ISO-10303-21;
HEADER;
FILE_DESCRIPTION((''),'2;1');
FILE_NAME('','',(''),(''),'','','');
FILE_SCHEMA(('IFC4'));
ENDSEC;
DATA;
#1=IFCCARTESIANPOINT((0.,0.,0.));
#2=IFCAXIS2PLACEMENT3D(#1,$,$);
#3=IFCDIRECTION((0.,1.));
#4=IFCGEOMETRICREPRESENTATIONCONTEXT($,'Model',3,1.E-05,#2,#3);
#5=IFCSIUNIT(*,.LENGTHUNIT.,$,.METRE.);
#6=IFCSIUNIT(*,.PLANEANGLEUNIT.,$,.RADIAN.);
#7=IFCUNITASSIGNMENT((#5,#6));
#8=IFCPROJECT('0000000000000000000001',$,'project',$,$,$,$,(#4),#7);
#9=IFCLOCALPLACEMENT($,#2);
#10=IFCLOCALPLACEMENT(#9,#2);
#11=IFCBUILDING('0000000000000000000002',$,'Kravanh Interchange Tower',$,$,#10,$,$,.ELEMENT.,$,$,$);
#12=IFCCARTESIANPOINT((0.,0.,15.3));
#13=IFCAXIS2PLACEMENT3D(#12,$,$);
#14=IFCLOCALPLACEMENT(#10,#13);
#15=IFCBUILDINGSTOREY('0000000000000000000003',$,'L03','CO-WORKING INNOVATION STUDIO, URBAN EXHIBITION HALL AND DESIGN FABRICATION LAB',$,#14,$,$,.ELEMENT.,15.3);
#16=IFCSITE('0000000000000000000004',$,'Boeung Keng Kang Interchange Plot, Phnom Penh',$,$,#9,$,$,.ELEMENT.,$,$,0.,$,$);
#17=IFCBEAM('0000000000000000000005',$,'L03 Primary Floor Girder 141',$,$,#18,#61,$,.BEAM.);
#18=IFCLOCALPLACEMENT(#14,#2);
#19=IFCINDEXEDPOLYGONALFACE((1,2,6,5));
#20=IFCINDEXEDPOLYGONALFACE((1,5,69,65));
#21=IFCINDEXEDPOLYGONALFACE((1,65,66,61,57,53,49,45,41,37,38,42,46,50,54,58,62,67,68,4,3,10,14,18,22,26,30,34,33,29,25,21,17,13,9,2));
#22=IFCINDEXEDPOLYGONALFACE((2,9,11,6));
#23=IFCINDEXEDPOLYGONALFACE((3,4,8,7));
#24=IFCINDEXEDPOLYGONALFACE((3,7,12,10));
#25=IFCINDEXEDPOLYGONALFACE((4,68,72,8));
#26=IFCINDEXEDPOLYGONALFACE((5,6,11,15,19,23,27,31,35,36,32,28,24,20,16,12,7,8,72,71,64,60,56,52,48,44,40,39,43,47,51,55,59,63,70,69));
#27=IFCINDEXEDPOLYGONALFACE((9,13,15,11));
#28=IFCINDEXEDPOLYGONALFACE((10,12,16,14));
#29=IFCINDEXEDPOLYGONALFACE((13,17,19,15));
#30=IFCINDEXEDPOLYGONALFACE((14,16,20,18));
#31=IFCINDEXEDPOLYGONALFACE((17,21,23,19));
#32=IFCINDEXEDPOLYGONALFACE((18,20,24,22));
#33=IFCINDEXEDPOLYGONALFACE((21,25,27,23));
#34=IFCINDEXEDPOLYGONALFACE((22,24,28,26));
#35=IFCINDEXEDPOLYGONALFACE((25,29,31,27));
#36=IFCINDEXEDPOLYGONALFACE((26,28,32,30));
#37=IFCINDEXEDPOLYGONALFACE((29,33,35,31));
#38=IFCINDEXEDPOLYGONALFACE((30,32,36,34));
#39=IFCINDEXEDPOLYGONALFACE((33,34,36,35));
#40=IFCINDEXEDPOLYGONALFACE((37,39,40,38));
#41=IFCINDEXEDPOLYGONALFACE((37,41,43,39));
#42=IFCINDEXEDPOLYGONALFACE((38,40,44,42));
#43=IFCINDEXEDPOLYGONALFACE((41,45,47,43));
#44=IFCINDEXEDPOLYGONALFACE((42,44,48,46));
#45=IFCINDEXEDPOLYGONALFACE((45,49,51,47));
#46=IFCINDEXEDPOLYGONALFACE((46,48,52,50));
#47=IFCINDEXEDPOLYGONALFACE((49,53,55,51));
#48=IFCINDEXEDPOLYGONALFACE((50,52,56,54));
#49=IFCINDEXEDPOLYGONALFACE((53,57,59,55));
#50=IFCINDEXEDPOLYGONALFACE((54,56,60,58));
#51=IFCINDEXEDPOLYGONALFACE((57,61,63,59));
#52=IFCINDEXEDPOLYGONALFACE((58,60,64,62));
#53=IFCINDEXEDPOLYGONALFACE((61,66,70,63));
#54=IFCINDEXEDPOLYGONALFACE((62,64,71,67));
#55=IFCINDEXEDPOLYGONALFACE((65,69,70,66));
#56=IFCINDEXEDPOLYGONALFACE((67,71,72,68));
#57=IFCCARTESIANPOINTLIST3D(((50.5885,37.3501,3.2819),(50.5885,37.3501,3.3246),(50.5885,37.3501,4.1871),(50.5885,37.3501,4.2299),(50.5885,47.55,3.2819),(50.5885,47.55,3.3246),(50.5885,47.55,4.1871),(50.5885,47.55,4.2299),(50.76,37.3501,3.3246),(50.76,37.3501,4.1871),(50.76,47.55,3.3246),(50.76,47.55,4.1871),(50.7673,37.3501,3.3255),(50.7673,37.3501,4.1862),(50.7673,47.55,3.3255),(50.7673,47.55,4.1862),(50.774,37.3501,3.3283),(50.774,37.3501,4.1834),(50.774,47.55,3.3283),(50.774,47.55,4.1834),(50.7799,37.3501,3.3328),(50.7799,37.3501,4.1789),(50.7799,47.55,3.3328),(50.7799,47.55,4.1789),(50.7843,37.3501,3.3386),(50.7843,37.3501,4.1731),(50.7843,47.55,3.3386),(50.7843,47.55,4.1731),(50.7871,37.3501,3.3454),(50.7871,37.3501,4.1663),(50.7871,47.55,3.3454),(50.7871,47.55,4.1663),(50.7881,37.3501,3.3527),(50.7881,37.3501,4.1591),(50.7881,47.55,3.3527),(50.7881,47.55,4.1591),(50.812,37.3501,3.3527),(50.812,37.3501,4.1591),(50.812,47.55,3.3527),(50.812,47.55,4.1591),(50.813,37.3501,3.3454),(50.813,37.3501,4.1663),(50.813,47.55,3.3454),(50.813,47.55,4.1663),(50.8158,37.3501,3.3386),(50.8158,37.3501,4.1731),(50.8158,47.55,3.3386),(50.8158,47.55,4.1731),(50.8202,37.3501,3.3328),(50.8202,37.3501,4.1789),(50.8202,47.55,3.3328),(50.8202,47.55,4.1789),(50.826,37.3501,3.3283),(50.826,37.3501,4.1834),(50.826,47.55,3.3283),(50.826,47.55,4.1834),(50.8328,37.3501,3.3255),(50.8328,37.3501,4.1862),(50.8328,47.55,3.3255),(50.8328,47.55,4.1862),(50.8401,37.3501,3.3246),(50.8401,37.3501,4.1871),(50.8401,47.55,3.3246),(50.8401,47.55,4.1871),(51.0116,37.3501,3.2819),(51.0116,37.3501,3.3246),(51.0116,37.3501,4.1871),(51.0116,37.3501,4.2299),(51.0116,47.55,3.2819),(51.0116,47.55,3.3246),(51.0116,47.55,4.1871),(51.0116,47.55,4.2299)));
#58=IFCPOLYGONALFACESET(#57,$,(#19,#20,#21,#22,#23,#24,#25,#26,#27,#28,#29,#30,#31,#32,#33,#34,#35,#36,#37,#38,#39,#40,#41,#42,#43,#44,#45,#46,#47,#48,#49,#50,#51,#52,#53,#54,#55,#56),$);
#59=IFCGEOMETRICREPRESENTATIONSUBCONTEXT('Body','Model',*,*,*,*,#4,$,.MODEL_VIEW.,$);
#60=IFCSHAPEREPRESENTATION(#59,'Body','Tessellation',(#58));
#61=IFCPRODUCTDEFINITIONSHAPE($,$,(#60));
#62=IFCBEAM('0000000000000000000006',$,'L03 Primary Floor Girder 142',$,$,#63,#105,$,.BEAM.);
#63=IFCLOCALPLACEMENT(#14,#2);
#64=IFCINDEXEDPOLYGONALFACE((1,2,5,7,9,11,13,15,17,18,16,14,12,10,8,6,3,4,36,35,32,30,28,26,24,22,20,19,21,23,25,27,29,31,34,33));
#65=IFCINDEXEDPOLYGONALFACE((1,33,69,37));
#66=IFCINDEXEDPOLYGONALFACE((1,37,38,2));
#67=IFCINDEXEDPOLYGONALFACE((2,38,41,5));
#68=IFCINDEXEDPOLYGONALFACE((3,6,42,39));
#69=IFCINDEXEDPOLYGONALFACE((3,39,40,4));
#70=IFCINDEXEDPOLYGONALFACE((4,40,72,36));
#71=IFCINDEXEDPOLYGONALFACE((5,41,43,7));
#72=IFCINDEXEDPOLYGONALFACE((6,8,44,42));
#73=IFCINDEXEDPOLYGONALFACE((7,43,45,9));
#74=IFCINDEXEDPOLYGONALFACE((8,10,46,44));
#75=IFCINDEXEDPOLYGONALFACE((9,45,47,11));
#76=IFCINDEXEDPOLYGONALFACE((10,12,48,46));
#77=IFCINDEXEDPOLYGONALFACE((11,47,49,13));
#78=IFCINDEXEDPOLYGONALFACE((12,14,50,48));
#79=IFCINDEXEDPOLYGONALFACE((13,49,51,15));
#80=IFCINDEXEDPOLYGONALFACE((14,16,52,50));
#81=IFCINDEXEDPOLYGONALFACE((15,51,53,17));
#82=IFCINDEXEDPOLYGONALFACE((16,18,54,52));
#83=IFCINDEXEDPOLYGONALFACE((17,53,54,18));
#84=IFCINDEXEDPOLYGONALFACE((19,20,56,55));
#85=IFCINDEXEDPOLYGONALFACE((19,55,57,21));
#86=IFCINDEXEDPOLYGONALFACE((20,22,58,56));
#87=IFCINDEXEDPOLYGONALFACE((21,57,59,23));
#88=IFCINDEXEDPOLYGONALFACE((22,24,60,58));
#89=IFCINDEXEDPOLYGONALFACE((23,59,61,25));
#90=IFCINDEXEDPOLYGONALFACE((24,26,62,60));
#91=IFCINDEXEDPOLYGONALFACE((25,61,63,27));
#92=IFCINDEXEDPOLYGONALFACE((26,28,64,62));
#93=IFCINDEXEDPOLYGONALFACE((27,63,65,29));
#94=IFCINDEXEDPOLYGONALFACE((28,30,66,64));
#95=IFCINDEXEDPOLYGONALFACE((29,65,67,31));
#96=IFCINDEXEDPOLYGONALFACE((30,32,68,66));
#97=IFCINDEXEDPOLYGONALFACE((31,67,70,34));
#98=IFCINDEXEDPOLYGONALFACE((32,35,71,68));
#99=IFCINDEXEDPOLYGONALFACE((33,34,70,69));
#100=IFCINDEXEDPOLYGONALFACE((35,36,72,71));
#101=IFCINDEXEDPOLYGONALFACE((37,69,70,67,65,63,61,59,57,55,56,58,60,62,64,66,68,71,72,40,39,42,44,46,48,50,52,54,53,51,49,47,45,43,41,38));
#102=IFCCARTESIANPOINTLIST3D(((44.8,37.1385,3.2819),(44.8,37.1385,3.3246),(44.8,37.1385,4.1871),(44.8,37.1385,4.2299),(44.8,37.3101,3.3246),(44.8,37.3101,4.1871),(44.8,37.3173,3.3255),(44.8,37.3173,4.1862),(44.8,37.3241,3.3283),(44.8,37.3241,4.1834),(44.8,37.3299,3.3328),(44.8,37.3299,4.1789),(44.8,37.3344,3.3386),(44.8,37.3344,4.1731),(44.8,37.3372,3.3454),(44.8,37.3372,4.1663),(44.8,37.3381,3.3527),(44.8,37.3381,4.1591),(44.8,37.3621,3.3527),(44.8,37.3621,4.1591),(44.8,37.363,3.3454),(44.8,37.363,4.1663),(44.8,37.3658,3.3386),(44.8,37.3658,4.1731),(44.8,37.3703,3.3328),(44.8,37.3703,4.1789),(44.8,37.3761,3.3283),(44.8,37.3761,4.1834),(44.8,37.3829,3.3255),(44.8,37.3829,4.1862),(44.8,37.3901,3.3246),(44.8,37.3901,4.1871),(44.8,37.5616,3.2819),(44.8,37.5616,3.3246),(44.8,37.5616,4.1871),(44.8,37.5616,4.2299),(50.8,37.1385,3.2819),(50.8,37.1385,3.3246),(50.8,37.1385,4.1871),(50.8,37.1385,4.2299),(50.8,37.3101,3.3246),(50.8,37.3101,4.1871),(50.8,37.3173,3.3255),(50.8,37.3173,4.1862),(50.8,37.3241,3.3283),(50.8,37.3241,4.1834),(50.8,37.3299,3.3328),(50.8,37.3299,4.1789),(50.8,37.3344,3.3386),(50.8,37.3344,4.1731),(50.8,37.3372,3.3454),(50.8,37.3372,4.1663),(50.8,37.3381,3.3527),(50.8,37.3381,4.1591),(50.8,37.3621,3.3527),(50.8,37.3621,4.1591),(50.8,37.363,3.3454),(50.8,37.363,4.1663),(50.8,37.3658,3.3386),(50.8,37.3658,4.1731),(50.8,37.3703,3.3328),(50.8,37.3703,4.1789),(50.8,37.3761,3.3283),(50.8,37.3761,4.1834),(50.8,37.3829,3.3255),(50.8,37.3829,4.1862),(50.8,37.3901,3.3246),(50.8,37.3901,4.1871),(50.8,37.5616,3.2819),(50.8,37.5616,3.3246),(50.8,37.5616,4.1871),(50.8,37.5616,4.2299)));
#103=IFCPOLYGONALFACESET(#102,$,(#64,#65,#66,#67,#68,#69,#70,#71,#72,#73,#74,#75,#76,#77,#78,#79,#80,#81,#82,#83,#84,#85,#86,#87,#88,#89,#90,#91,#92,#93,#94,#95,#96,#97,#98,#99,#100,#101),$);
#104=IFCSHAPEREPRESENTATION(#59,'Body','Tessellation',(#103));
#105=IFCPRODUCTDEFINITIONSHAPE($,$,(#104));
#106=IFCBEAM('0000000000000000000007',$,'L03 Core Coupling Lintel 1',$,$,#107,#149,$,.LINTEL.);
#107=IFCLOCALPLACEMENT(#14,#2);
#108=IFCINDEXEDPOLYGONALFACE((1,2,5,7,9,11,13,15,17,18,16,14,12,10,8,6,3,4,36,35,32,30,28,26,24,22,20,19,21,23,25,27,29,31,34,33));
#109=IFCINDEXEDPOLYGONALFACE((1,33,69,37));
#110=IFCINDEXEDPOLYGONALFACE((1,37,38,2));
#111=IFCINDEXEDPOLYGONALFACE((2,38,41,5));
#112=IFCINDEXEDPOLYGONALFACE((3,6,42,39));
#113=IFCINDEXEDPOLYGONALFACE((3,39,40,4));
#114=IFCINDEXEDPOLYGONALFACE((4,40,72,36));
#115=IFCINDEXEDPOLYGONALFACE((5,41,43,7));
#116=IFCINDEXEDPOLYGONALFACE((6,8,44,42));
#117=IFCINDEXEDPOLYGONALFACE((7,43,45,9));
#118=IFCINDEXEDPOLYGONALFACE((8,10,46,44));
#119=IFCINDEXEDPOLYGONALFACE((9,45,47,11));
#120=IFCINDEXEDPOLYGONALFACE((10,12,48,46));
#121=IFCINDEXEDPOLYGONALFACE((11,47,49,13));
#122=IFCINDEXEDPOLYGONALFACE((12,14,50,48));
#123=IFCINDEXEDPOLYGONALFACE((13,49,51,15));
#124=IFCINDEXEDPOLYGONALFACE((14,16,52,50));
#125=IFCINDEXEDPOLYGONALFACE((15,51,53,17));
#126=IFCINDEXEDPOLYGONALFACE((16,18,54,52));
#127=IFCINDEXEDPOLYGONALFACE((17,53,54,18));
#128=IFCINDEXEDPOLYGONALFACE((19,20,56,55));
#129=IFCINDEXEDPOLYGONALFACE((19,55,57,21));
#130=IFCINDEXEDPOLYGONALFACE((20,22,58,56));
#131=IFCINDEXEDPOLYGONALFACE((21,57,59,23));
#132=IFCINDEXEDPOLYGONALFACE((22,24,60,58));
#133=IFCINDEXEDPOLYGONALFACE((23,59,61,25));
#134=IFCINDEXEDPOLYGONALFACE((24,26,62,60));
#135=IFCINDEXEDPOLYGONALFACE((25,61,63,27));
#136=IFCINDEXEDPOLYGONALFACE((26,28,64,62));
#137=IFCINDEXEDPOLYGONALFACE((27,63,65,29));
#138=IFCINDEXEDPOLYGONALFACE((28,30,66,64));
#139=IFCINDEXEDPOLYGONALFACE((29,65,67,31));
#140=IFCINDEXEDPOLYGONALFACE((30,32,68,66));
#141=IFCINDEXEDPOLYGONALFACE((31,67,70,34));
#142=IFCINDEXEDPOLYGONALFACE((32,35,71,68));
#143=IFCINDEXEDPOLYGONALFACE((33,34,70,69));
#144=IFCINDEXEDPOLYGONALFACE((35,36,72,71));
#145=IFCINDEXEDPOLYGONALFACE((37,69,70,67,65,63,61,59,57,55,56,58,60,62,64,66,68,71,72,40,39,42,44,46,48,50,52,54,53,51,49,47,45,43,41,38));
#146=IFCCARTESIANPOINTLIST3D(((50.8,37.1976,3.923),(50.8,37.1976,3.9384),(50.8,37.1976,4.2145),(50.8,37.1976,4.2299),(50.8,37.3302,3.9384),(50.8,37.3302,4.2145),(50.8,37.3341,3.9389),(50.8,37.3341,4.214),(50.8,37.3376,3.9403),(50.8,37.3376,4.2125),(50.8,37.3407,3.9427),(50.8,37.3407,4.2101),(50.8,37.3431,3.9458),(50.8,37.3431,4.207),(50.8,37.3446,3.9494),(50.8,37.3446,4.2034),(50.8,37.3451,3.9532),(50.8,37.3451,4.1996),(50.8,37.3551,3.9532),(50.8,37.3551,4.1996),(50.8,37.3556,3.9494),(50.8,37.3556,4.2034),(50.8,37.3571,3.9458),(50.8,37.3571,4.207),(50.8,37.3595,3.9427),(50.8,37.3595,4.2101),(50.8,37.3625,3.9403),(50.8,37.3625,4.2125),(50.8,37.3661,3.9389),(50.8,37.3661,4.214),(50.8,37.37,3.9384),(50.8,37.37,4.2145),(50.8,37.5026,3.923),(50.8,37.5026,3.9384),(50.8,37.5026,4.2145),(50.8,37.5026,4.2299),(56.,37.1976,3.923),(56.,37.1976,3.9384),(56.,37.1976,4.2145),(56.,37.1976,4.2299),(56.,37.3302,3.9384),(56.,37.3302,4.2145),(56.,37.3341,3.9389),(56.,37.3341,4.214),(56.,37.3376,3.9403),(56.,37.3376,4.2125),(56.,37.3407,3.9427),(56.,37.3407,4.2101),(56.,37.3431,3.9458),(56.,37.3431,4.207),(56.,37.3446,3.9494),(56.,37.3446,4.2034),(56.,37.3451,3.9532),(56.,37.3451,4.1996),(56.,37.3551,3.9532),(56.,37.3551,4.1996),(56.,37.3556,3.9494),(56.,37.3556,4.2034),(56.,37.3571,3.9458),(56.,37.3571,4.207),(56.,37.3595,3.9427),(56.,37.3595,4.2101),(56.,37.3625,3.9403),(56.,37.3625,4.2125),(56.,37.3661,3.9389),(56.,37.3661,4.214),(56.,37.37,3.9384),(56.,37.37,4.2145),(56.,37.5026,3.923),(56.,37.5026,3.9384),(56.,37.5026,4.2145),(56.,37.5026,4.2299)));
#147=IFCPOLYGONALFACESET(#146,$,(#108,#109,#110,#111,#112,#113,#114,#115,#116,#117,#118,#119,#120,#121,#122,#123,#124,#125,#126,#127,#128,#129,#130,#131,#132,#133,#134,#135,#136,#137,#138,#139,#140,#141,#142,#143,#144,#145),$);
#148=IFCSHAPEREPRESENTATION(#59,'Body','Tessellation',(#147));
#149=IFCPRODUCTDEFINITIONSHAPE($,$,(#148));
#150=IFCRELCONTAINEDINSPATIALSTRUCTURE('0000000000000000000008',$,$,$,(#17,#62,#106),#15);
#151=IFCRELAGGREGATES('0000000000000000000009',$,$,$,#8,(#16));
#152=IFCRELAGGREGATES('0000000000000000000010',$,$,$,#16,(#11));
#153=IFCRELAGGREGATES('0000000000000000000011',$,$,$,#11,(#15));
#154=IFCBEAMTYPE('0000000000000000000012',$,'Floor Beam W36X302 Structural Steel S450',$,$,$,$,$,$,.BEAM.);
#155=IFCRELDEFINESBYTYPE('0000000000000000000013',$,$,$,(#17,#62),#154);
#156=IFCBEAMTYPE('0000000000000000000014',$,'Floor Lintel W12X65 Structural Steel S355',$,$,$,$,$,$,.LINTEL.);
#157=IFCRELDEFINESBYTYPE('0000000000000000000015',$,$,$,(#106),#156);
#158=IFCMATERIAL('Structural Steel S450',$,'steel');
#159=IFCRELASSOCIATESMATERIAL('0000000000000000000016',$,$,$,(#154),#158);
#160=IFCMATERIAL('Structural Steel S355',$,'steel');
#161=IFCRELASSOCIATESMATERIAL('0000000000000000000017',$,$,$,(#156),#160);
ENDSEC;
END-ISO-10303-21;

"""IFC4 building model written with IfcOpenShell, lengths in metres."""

from ifc_helpers import new_model, si_unit, direction, frame, origin, origin_2d, place, context, subcontext, project, spatial, i_section, extrude, material, material_profile, profile_set, type_object, element, save


model = new_model("IFC4")

# Units and contexts
model_context = context("Model", 3, precision=1e-05, world=origin(), true_north=direction((0.0, 1.0)))
body_context = subcontext(model_context, "Body", "Model", "MODEL_VIEW")
ifc_project = project(units=[si_unit("LENGTHUNIT", "METRE"), si_unit("PLANEANGLEUNIT", "RADIAN")], contexts=[model_context])

# Site, building, storey
site_placement = place(None, origin())
site = spatial("IfcSite", under=ifc_project, at=site_placement, Name="Boeung Keng Kang Interchange Plot, Phnom Penh", CompositionType="ELEMENT", RefElevation=0.0)
building_placement = place(site_placement, origin())
building = spatial("IfcBuilding", under=site, at=building_placement, Name="Kravanh Interchange Tower", CompositionType="ELEMENT")
storey_placement = place(building_placement, frame((0.0, 0.0, 15.3)))
storey = spatial("IfcBuildingStorey", under=building, at=storey_placement, Name="L03", Description="CO-WORKING INNOVATION STUDIO, URBAN EXHIBITION HALL AND DESIGN FABRICATION LAB", CompositionType="ELEMENT", Elevation=15.3)

# Beams
ifc_material_1 = material(Name="Structural Steel S450", Category="steel")
ifc_material_profile_1 = material_profile(ifc_material_1, i_section(OverallWidth=0.4231, OverallDepth=0.948, WebThickness=0.0239, FlangeThickness=0.0427, FilletRadius=0.0281, at=origin_2d()), Name="W36X302")
ifc_profile_set_1 = profile_set([ifc_material_profile_1], Name="Structural Steel S450")
beam_type_1 = type_object("IfcBeamType", Name="Floor Beam W36X302 Structural Steel S450", PredefinedType="BEAM", material=ifc_profile_set_1)
beam_1_placement = place(storey_placement, frame((50.8, 47.55, 3.7559), z_axis=(0.0, -1.0, 0.0), x_axis=(1.0, 0.0, 0.0)))
element("IfcBeam", 1, at=beam_1_placement, inside=storey, type_object=beam_type_1, Name="L03 Primary Floor Girder 141", PredefinedType="BEAM", context=body_context, shape_type="SweptSolid", body=[
    extrude(i_section(OverallWidth=0.4231, OverallDepth=0.948, WebThickness=0.0239, FlangeThickness=0.0427, FilletRadius=0.0281, at=origin_2d()), origin(), (0.0, 0.0, 1.0), 10.2),
])
beam_2_placement = place(storey_placement, frame((50.8, 37.3501, 3.7559), z_axis=(-1.0, 0.0, 0.0), x_axis=(0.0, -1.0, 0.0)))
element("IfcBeam", 2, at=beam_2_placement, inside=storey, type_object=beam_type_1, Name="L03 Primary Floor Girder 142", PredefinedType="BEAM", context=body_context, shape_type="SweptSolid", body=[
    extrude(i_section(OverallWidth=0.4231, OverallDepth=0.948, WebThickness=0.0239, FlangeThickness=0.0427, FilletRadius=0.0281, at=origin_2d()), origin(), (0.0, 0.0, 1.0), 6.0),
])
ifc_material_2 = material(Name="Structural Steel S355", Category="steel")
ifc_material_profile_2 = material_profile(ifc_material_2, i_section(OverallWidth=0.3049, OverallDepth=0.3069, WebThickness=0.01, FlangeThickness=0.0154, FilletRadius=0.0149, at=origin_2d()), Name="W12X65")
ifc_profile_set_2 = profile_set([ifc_material_profile_2], Name="Structural Steel S355")
beam_type_2 = type_object("IfcBeamType", Name="Floor Lintel W12X65 Structural Steel S355", PredefinedType="LINTEL", material=ifc_profile_set_2)
beam_3_placement = place(storey_placement, frame((50.8, 37.3501, 4.0764), z_axis=(1.0, 0.0, 0.0), x_axis=(0.0, 1.0, 0.0)))
element("IfcBeam", 3, at=beam_3_placement, inside=storey, type_object=beam_type_2, Name="L03 Core Coupling Lintel 1", PredefinedType="LINTEL", context=body_context, shape_type="SweptSolid", body=[
    extrude(i_section(OverallWidth=0.3049, OverallDepth=0.3069, WebThickness=0.01, FlangeThickness=0.0154, FilletRadius=0.0149, at=origin_2d()), origin(), (0.0, 0.0, 1.0), 5.2),
])

save(model, "model.ifc")
